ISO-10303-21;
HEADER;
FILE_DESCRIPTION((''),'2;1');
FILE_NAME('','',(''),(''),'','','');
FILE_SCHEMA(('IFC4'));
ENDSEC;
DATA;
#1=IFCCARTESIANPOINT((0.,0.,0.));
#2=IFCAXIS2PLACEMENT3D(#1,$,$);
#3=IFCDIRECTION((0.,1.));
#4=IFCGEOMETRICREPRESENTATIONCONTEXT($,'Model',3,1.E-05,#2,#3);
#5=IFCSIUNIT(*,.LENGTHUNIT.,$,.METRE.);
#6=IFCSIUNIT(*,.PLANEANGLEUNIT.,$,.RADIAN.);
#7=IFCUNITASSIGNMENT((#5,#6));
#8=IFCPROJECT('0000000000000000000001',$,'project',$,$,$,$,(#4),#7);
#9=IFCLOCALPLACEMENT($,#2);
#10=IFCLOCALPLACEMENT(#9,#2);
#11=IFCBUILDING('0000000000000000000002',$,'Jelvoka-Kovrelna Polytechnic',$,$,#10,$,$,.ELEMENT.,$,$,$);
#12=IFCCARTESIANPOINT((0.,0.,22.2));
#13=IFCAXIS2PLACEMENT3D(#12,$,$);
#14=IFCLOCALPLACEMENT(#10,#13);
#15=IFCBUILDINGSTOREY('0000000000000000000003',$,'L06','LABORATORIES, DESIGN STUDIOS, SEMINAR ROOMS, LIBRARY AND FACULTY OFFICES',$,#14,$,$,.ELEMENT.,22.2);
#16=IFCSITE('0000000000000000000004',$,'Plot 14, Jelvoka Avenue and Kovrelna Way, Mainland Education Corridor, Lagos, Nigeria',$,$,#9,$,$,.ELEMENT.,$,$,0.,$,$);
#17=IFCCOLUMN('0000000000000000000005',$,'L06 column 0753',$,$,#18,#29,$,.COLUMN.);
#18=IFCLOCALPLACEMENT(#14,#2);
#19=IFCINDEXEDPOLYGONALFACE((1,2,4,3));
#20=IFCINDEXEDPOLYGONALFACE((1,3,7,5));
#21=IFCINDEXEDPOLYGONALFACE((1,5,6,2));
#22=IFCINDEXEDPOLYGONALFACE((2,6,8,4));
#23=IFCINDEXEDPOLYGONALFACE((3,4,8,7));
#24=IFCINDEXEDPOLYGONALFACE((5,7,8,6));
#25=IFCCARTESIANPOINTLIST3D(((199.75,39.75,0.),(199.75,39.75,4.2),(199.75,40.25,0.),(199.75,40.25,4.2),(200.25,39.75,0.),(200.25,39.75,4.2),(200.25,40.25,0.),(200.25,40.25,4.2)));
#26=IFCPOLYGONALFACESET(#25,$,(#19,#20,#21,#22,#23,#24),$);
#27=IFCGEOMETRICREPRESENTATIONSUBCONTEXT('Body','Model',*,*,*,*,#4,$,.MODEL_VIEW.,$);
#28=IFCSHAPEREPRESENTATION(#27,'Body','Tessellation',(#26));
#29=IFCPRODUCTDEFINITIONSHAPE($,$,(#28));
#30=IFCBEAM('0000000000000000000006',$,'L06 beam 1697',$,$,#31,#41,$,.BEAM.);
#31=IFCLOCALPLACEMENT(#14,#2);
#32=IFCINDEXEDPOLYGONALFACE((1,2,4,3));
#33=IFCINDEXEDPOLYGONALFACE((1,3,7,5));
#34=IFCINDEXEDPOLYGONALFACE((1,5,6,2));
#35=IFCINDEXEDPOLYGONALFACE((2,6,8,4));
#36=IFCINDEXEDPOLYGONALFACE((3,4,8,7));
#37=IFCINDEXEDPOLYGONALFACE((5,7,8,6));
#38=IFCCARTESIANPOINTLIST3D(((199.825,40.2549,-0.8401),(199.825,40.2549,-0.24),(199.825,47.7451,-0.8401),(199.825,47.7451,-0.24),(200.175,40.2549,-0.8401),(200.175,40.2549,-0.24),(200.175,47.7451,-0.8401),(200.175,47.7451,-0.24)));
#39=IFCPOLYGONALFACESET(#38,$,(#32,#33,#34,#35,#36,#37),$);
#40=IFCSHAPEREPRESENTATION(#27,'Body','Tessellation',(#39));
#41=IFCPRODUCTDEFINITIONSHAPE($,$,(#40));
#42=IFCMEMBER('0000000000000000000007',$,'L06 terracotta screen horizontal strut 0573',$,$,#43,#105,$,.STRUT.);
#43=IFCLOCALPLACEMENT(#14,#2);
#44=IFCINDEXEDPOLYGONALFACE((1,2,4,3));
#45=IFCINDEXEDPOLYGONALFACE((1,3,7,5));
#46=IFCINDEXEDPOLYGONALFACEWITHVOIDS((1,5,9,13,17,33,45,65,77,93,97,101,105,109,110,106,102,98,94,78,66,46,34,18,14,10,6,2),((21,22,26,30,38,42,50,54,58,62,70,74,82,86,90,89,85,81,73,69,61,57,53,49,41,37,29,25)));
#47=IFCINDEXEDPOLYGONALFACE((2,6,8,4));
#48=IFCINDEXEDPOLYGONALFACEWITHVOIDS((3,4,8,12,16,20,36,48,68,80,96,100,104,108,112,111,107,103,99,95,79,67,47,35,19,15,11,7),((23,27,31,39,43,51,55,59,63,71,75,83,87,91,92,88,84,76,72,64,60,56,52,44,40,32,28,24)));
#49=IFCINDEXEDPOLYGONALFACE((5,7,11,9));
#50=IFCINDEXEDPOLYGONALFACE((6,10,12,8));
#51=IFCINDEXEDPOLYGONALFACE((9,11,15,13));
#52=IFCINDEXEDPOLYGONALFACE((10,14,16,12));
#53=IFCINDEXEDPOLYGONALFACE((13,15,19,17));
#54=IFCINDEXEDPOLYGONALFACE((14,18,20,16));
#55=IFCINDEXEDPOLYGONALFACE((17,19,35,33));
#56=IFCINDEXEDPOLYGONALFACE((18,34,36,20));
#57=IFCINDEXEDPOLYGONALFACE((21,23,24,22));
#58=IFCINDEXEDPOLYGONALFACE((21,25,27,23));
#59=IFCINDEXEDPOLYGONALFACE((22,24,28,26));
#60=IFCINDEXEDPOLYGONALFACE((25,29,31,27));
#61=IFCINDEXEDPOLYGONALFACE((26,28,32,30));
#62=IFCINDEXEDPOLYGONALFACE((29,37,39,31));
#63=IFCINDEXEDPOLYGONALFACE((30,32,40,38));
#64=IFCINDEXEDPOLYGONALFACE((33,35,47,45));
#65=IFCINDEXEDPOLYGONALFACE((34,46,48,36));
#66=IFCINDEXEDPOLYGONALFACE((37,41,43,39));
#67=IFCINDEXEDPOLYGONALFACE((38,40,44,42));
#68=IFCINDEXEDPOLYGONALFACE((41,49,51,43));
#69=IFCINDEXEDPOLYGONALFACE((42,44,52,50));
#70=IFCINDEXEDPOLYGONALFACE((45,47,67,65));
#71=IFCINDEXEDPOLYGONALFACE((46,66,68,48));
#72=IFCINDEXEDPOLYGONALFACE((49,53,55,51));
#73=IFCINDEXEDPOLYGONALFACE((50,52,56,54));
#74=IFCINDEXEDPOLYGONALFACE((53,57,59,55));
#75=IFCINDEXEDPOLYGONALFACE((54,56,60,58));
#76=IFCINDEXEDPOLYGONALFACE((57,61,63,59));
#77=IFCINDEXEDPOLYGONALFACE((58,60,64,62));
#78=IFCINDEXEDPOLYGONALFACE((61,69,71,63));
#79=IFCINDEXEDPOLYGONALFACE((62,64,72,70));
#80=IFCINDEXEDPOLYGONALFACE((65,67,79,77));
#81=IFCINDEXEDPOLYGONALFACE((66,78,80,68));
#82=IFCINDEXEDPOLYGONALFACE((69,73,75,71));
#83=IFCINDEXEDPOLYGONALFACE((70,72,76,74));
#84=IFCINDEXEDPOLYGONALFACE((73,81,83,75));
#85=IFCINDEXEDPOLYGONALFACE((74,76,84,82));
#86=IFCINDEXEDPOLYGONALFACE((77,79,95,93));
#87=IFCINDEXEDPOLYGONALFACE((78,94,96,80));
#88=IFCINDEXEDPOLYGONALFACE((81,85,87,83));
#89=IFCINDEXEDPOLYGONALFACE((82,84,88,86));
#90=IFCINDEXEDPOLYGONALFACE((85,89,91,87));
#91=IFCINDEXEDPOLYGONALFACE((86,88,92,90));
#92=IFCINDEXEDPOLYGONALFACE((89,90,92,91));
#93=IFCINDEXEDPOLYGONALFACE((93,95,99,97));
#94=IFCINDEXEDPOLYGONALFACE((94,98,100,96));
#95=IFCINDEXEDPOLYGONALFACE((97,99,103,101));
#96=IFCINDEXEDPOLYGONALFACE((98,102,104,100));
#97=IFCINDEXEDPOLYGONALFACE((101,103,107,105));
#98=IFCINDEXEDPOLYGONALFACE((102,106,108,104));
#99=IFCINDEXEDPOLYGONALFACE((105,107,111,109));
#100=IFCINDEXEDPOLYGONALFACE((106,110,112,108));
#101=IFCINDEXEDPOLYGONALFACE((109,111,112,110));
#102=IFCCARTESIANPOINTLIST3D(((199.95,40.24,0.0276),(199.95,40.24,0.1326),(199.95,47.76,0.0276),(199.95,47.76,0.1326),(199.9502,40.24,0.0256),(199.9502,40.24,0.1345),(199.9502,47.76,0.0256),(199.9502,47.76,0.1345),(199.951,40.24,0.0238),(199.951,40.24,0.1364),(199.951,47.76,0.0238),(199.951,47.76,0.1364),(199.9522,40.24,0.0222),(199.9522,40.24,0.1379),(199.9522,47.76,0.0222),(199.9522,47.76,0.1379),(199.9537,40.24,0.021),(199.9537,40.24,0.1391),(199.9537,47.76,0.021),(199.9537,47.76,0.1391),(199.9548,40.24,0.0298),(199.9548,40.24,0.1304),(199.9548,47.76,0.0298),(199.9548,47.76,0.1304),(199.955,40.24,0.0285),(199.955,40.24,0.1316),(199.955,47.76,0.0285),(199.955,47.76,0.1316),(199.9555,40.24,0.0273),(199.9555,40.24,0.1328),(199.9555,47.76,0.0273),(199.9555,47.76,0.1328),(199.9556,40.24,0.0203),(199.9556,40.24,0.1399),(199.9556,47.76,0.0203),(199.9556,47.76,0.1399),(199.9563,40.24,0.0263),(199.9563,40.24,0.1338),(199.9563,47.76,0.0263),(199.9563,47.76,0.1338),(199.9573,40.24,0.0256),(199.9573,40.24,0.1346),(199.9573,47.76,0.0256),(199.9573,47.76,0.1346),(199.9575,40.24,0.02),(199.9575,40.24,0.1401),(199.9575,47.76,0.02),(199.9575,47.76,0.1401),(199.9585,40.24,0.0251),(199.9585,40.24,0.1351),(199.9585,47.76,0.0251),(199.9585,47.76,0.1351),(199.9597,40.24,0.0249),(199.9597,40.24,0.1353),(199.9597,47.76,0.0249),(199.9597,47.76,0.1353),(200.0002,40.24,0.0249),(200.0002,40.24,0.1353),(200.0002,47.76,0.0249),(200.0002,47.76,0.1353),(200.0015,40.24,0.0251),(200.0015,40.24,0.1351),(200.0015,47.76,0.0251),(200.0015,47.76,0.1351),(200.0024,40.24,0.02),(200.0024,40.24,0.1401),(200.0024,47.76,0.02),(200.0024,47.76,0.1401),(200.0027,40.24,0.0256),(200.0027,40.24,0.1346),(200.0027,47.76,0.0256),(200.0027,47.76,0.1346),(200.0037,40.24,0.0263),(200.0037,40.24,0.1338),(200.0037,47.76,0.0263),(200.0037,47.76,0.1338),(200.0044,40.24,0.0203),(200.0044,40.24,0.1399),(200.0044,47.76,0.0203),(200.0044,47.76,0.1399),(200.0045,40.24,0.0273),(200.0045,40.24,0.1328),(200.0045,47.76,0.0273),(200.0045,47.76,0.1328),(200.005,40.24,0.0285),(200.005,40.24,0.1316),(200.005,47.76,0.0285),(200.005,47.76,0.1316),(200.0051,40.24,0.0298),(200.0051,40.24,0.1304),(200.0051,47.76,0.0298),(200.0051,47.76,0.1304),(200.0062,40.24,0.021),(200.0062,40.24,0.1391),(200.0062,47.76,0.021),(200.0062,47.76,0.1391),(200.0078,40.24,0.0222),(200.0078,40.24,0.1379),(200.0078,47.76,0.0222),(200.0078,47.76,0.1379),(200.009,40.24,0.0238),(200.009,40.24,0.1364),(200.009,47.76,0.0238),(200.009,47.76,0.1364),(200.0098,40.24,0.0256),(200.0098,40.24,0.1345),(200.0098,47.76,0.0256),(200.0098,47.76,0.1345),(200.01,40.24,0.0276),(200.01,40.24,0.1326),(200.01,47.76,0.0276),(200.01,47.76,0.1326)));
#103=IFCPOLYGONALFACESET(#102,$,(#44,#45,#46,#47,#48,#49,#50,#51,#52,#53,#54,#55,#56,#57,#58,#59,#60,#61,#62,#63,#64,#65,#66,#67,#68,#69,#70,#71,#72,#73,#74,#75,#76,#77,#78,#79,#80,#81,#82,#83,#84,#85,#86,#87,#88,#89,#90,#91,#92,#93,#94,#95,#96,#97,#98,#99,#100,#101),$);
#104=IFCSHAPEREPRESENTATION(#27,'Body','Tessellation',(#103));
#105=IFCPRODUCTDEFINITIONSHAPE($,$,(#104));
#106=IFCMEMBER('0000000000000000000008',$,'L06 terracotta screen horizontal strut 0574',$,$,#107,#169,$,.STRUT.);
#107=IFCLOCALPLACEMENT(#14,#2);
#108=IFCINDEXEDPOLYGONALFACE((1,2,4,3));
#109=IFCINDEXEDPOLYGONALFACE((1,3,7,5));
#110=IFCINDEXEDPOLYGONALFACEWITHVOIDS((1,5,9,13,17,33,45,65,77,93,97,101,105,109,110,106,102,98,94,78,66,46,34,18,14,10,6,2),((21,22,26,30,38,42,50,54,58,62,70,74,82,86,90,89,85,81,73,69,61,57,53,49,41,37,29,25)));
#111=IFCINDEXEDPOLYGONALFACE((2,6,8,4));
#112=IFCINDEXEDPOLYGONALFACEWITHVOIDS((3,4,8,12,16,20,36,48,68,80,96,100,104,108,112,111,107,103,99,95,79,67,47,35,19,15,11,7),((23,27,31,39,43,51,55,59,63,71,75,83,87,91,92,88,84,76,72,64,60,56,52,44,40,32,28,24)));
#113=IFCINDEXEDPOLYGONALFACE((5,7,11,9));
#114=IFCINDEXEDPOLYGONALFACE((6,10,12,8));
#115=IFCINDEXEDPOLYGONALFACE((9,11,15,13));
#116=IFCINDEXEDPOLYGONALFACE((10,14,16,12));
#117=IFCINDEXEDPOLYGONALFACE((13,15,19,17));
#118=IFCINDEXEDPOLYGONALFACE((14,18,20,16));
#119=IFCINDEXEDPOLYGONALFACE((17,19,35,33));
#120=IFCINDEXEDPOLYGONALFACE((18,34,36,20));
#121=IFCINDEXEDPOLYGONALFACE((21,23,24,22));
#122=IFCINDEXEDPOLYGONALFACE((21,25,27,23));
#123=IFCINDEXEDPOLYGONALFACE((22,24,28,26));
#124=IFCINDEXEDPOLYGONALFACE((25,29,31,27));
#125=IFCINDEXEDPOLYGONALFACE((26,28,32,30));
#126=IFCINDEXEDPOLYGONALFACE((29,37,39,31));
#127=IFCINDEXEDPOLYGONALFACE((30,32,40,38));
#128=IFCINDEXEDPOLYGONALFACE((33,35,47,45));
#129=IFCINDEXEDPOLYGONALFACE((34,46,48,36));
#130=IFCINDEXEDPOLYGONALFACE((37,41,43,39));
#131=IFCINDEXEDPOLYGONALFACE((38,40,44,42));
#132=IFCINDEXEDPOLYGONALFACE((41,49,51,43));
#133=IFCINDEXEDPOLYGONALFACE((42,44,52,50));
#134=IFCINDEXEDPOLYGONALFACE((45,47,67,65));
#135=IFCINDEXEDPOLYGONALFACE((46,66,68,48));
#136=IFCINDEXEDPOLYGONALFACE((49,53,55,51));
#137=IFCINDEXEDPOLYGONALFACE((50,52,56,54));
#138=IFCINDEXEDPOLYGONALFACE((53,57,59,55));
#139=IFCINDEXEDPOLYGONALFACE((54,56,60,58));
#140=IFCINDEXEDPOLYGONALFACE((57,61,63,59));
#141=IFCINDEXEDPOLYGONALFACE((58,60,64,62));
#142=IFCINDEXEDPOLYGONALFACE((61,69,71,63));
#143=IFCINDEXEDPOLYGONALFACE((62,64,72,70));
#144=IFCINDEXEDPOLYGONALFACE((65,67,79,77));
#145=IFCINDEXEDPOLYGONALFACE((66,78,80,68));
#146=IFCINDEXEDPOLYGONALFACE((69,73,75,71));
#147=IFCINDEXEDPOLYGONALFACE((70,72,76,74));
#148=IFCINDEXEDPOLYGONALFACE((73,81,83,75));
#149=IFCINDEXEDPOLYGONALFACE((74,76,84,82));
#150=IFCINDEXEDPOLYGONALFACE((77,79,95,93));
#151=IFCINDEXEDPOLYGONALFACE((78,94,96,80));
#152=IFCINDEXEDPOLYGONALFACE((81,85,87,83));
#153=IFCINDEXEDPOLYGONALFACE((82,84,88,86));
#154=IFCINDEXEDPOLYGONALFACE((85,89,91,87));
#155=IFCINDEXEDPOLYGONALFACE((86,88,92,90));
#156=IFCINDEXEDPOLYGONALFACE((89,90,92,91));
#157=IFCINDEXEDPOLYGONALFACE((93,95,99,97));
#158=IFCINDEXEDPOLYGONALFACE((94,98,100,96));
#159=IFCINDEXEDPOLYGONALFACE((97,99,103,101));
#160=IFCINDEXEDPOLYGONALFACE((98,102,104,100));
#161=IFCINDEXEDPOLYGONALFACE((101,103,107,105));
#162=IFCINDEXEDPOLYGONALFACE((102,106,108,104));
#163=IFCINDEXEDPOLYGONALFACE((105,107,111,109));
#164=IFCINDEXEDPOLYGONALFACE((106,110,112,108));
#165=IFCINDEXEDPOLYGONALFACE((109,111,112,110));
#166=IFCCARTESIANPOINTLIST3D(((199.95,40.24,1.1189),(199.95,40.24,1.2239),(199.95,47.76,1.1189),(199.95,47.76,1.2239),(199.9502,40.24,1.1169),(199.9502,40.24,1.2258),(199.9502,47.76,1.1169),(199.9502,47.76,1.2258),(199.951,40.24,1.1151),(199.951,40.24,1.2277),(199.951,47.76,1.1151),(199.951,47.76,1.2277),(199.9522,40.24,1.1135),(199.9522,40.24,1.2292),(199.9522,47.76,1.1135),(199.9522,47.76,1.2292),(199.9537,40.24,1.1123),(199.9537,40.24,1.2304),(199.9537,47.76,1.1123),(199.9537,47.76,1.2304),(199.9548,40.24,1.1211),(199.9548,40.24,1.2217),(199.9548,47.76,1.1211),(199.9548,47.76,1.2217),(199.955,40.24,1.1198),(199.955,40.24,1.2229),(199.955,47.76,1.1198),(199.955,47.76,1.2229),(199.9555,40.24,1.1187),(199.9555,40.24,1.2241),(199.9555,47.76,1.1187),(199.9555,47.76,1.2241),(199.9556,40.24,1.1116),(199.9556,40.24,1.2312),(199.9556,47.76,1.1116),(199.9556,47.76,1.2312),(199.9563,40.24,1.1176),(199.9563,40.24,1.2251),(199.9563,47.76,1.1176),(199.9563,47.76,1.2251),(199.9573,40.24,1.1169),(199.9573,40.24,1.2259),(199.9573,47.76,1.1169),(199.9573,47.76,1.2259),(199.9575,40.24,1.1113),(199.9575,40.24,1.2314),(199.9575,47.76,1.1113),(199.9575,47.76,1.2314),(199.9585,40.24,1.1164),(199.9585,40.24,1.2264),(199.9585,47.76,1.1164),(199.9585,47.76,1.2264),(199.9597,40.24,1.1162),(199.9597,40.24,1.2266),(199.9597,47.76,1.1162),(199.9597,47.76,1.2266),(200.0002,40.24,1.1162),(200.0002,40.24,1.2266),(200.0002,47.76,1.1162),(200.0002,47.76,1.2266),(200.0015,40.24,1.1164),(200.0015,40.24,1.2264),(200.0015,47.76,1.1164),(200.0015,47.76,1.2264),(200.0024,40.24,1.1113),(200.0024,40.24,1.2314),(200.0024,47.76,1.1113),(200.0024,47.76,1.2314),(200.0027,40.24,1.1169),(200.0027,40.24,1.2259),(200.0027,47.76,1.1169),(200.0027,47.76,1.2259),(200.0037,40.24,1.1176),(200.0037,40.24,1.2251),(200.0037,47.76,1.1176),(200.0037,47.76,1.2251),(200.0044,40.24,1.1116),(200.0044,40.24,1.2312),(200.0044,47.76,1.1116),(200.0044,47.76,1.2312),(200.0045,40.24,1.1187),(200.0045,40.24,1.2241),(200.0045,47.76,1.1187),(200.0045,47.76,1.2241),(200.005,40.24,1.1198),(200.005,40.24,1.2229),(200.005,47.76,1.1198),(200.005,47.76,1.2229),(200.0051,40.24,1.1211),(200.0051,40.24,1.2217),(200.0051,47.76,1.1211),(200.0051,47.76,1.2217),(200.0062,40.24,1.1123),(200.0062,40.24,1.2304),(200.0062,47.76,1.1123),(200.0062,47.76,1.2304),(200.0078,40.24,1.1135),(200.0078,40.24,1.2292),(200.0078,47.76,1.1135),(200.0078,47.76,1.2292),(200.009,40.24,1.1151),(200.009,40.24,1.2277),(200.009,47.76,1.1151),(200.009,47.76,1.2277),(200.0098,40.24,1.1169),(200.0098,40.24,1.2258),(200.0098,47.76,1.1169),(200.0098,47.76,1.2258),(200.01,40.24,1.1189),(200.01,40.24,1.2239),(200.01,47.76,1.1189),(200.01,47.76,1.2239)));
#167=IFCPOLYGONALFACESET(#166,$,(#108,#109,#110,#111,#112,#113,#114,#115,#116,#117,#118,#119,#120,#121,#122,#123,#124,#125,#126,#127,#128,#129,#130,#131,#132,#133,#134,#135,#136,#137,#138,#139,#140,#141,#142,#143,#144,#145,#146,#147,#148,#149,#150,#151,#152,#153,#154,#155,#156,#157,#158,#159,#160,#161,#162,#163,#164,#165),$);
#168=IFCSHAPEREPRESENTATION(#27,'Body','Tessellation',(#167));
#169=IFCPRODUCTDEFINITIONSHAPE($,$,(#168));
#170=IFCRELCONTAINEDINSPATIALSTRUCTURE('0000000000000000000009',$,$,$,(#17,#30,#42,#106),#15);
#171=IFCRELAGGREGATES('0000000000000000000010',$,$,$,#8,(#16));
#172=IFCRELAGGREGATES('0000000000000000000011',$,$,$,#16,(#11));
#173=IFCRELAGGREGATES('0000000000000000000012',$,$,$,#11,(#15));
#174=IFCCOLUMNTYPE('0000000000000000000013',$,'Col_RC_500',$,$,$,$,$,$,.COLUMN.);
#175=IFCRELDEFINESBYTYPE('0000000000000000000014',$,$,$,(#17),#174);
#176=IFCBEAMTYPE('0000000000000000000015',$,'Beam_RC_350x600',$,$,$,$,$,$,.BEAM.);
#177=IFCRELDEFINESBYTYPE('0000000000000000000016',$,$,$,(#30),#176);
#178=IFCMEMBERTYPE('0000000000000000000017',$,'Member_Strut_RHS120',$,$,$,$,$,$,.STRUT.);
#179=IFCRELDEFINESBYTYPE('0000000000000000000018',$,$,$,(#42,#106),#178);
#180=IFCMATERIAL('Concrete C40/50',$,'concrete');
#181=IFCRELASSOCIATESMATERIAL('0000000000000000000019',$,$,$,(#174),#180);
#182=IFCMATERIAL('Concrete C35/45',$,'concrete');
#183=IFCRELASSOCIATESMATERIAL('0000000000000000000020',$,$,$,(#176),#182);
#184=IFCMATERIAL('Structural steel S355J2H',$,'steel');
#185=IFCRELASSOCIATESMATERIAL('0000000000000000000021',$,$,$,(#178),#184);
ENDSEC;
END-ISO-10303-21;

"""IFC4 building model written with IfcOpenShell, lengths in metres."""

from ifc_helpers import new_model, si_unit, direction, frame, origin, origin_2d, place, context, subcontext, project, spatial, rectangle, hollow_rectangle, extrude, material, material_profile, profile_set, type_object, element, save


model = new_model("IFC4")

# Units and contexts
model_context = context("Model", 3, precision=1e-05, world=origin(), true_north=direction((0.0, 1.0)))
body_context = subcontext(model_context, "Body", "Model", "MODEL_VIEW")
ifc_project = project(units=[si_unit("LENGTHUNIT", "METRE"), si_unit("PLANEANGLEUNIT", "RADIAN")], contexts=[model_context])

# Site, building, storey
site_placement = place(None, origin())
site = spatial("IfcSite", under=ifc_project, at=site_placement, Name="Plot 14, Jelvoka Avenue and Kovrelna Way, Mainland Education Corridor, Lagos, Nigeria", CompositionType="ELEMENT", RefElevation=0.0)
building_placement = place(site_placement, origin())
building = spatial("IfcBuilding", under=site, at=building_placement, Name="Jelvoka-Kovrelna Polytechnic", CompositionType="ELEMENT")
storey_placement = place(building_placement, frame((0.0, 0.0, 22.2)))
storey = spatial("IfcBuildingStorey", under=building, at=storey_placement, Name="L06", Description="LABORATORIES, DESIGN STUDIOS, SEMINAR ROOMS, LIBRARY AND FACULTY OFFICES", CompositionType="ELEMENT", Elevation=22.2)

# Column
ifc_material_1 = material(Name="Concrete C40/50", Category="concrete")
ifc_material_profile_1 = material_profile(ifc_material_1, rectangle(XDim=0.5, YDim=0.5, at=origin_2d()), Name="RC 500x500")
ifc_profile_set_1 = profile_set([ifc_material_profile_1], Name="Concrete C40/50")
column_type = type_object("IfcColumnType", Name="Col_RC_500", PredefinedType="COLUMN", material=ifc_profile_set_1)
column_placement = place(storey_placement, frame((200.0, 40.0, 0.0), z_axis=(0.0, 0.0, 1.0), x_axis=(1.0, 0.0, 0.0)))
element("IfcColumn", 1, at=column_placement, inside=storey, type_object=column_type, Name="L06 column 0753", PredefinedType="COLUMN", context=body_context, shape_type="SweptSolid", body=[
    extrude(rectangle(XDim=0.5, YDim=0.5, at=origin_2d()), origin(), (0.0, 0.0, 1.0), 4.2),
])

# Beam
ifc_material_2 = material(Name="Concrete C35/45", Category="concrete")
ifc_material_profile_2 = material_profile(ifc_material_2, rectangle(XDim=0.3501, YDim=0.6001, at=origin_2d()), Name="RC 350x600")
ifc_profile_set_2 = profile_set([ifc_material_profile_2], Name="Concrete C35/45")
beam_type = type_object("IfcBeamType", Name="Beam_RC_350x600", PredefinedType="BEAM", material=ifc_profile_set_2)
beam_placement = place(storey_placement, frame((200.0, 40.2549, -0.54), z_axis=(0.0, 1.0, 0.0), x_axis=(-1.0, 0.0, 0.0)))
element("IfcBeam", 2, at=beam_placement, inside=storey, type_object=beam_type, Name="L06 beam 1697", PredefinedType="BEAM", context=body_context, shape_type="SweptSolid", body=[
    extrude(rectangle(XDim=0.3501, YDim=0.6001, at=origin_2d()), origin(), (0.0, 0.0, 1.0), 7.4902),
])

# Members
ifc_material_3 = material(Name="Structural steel S355J2H", Category="steel")
ifc_material_profile_3 = material_profile(ifc_material_3, hollow_rectangle(XDim=0.0601, YDim=0.1201, WallThickness=0.0049, InnerFilletRadius=0.0049, OuterFilletRadius=0.0076, at=origin_2d()), Name="120x60x5.0 RHS")
ifc_profile_set_3 = profile_set([ifc_material_profile_3], Name="Structural steel S355J2H")
member_type_1 = type_object("IfcMemberType", Name="Member_Strut_RHS120", PredefinedType="STRUT", material=ifc_profile_set_3)
for number, where, z_axis, x_axis, name in (
    (3, (199.98, 40.24, 0.0801), (0.0, 1.0, 0.0), (-1.0, 0.0, 0.0), "L06 terracotta screen horizontal strut 0573"),
    (4, (199.98, 40.24, 1.1714), (0.0, 1.0, 0.0), (-1.0, 0.0, 0.0), "L06 terracotta screen horizontal strut 0574"),
):
    element("IfcMember", number, at=place(storey_placement, frame(where, z_axis=z_axis, x_axis=x_axis)), inside=storey, type_object=member_type_1, Name=name, PredefinedType="STRUT", context=body_context, shape_type="SweptSolid", body=[
        extrude(hollow_rectangle(XDim=0.0601, YDim=0.1201, WallThickness=0.0049, InnerFilletRadius=0.0049, OuterFilletRadius=0.0076, at=origin_2d()), origin(), (0.0, 0.0, 1.0), 7.52),
    ])

save(model, "model.ifc")
